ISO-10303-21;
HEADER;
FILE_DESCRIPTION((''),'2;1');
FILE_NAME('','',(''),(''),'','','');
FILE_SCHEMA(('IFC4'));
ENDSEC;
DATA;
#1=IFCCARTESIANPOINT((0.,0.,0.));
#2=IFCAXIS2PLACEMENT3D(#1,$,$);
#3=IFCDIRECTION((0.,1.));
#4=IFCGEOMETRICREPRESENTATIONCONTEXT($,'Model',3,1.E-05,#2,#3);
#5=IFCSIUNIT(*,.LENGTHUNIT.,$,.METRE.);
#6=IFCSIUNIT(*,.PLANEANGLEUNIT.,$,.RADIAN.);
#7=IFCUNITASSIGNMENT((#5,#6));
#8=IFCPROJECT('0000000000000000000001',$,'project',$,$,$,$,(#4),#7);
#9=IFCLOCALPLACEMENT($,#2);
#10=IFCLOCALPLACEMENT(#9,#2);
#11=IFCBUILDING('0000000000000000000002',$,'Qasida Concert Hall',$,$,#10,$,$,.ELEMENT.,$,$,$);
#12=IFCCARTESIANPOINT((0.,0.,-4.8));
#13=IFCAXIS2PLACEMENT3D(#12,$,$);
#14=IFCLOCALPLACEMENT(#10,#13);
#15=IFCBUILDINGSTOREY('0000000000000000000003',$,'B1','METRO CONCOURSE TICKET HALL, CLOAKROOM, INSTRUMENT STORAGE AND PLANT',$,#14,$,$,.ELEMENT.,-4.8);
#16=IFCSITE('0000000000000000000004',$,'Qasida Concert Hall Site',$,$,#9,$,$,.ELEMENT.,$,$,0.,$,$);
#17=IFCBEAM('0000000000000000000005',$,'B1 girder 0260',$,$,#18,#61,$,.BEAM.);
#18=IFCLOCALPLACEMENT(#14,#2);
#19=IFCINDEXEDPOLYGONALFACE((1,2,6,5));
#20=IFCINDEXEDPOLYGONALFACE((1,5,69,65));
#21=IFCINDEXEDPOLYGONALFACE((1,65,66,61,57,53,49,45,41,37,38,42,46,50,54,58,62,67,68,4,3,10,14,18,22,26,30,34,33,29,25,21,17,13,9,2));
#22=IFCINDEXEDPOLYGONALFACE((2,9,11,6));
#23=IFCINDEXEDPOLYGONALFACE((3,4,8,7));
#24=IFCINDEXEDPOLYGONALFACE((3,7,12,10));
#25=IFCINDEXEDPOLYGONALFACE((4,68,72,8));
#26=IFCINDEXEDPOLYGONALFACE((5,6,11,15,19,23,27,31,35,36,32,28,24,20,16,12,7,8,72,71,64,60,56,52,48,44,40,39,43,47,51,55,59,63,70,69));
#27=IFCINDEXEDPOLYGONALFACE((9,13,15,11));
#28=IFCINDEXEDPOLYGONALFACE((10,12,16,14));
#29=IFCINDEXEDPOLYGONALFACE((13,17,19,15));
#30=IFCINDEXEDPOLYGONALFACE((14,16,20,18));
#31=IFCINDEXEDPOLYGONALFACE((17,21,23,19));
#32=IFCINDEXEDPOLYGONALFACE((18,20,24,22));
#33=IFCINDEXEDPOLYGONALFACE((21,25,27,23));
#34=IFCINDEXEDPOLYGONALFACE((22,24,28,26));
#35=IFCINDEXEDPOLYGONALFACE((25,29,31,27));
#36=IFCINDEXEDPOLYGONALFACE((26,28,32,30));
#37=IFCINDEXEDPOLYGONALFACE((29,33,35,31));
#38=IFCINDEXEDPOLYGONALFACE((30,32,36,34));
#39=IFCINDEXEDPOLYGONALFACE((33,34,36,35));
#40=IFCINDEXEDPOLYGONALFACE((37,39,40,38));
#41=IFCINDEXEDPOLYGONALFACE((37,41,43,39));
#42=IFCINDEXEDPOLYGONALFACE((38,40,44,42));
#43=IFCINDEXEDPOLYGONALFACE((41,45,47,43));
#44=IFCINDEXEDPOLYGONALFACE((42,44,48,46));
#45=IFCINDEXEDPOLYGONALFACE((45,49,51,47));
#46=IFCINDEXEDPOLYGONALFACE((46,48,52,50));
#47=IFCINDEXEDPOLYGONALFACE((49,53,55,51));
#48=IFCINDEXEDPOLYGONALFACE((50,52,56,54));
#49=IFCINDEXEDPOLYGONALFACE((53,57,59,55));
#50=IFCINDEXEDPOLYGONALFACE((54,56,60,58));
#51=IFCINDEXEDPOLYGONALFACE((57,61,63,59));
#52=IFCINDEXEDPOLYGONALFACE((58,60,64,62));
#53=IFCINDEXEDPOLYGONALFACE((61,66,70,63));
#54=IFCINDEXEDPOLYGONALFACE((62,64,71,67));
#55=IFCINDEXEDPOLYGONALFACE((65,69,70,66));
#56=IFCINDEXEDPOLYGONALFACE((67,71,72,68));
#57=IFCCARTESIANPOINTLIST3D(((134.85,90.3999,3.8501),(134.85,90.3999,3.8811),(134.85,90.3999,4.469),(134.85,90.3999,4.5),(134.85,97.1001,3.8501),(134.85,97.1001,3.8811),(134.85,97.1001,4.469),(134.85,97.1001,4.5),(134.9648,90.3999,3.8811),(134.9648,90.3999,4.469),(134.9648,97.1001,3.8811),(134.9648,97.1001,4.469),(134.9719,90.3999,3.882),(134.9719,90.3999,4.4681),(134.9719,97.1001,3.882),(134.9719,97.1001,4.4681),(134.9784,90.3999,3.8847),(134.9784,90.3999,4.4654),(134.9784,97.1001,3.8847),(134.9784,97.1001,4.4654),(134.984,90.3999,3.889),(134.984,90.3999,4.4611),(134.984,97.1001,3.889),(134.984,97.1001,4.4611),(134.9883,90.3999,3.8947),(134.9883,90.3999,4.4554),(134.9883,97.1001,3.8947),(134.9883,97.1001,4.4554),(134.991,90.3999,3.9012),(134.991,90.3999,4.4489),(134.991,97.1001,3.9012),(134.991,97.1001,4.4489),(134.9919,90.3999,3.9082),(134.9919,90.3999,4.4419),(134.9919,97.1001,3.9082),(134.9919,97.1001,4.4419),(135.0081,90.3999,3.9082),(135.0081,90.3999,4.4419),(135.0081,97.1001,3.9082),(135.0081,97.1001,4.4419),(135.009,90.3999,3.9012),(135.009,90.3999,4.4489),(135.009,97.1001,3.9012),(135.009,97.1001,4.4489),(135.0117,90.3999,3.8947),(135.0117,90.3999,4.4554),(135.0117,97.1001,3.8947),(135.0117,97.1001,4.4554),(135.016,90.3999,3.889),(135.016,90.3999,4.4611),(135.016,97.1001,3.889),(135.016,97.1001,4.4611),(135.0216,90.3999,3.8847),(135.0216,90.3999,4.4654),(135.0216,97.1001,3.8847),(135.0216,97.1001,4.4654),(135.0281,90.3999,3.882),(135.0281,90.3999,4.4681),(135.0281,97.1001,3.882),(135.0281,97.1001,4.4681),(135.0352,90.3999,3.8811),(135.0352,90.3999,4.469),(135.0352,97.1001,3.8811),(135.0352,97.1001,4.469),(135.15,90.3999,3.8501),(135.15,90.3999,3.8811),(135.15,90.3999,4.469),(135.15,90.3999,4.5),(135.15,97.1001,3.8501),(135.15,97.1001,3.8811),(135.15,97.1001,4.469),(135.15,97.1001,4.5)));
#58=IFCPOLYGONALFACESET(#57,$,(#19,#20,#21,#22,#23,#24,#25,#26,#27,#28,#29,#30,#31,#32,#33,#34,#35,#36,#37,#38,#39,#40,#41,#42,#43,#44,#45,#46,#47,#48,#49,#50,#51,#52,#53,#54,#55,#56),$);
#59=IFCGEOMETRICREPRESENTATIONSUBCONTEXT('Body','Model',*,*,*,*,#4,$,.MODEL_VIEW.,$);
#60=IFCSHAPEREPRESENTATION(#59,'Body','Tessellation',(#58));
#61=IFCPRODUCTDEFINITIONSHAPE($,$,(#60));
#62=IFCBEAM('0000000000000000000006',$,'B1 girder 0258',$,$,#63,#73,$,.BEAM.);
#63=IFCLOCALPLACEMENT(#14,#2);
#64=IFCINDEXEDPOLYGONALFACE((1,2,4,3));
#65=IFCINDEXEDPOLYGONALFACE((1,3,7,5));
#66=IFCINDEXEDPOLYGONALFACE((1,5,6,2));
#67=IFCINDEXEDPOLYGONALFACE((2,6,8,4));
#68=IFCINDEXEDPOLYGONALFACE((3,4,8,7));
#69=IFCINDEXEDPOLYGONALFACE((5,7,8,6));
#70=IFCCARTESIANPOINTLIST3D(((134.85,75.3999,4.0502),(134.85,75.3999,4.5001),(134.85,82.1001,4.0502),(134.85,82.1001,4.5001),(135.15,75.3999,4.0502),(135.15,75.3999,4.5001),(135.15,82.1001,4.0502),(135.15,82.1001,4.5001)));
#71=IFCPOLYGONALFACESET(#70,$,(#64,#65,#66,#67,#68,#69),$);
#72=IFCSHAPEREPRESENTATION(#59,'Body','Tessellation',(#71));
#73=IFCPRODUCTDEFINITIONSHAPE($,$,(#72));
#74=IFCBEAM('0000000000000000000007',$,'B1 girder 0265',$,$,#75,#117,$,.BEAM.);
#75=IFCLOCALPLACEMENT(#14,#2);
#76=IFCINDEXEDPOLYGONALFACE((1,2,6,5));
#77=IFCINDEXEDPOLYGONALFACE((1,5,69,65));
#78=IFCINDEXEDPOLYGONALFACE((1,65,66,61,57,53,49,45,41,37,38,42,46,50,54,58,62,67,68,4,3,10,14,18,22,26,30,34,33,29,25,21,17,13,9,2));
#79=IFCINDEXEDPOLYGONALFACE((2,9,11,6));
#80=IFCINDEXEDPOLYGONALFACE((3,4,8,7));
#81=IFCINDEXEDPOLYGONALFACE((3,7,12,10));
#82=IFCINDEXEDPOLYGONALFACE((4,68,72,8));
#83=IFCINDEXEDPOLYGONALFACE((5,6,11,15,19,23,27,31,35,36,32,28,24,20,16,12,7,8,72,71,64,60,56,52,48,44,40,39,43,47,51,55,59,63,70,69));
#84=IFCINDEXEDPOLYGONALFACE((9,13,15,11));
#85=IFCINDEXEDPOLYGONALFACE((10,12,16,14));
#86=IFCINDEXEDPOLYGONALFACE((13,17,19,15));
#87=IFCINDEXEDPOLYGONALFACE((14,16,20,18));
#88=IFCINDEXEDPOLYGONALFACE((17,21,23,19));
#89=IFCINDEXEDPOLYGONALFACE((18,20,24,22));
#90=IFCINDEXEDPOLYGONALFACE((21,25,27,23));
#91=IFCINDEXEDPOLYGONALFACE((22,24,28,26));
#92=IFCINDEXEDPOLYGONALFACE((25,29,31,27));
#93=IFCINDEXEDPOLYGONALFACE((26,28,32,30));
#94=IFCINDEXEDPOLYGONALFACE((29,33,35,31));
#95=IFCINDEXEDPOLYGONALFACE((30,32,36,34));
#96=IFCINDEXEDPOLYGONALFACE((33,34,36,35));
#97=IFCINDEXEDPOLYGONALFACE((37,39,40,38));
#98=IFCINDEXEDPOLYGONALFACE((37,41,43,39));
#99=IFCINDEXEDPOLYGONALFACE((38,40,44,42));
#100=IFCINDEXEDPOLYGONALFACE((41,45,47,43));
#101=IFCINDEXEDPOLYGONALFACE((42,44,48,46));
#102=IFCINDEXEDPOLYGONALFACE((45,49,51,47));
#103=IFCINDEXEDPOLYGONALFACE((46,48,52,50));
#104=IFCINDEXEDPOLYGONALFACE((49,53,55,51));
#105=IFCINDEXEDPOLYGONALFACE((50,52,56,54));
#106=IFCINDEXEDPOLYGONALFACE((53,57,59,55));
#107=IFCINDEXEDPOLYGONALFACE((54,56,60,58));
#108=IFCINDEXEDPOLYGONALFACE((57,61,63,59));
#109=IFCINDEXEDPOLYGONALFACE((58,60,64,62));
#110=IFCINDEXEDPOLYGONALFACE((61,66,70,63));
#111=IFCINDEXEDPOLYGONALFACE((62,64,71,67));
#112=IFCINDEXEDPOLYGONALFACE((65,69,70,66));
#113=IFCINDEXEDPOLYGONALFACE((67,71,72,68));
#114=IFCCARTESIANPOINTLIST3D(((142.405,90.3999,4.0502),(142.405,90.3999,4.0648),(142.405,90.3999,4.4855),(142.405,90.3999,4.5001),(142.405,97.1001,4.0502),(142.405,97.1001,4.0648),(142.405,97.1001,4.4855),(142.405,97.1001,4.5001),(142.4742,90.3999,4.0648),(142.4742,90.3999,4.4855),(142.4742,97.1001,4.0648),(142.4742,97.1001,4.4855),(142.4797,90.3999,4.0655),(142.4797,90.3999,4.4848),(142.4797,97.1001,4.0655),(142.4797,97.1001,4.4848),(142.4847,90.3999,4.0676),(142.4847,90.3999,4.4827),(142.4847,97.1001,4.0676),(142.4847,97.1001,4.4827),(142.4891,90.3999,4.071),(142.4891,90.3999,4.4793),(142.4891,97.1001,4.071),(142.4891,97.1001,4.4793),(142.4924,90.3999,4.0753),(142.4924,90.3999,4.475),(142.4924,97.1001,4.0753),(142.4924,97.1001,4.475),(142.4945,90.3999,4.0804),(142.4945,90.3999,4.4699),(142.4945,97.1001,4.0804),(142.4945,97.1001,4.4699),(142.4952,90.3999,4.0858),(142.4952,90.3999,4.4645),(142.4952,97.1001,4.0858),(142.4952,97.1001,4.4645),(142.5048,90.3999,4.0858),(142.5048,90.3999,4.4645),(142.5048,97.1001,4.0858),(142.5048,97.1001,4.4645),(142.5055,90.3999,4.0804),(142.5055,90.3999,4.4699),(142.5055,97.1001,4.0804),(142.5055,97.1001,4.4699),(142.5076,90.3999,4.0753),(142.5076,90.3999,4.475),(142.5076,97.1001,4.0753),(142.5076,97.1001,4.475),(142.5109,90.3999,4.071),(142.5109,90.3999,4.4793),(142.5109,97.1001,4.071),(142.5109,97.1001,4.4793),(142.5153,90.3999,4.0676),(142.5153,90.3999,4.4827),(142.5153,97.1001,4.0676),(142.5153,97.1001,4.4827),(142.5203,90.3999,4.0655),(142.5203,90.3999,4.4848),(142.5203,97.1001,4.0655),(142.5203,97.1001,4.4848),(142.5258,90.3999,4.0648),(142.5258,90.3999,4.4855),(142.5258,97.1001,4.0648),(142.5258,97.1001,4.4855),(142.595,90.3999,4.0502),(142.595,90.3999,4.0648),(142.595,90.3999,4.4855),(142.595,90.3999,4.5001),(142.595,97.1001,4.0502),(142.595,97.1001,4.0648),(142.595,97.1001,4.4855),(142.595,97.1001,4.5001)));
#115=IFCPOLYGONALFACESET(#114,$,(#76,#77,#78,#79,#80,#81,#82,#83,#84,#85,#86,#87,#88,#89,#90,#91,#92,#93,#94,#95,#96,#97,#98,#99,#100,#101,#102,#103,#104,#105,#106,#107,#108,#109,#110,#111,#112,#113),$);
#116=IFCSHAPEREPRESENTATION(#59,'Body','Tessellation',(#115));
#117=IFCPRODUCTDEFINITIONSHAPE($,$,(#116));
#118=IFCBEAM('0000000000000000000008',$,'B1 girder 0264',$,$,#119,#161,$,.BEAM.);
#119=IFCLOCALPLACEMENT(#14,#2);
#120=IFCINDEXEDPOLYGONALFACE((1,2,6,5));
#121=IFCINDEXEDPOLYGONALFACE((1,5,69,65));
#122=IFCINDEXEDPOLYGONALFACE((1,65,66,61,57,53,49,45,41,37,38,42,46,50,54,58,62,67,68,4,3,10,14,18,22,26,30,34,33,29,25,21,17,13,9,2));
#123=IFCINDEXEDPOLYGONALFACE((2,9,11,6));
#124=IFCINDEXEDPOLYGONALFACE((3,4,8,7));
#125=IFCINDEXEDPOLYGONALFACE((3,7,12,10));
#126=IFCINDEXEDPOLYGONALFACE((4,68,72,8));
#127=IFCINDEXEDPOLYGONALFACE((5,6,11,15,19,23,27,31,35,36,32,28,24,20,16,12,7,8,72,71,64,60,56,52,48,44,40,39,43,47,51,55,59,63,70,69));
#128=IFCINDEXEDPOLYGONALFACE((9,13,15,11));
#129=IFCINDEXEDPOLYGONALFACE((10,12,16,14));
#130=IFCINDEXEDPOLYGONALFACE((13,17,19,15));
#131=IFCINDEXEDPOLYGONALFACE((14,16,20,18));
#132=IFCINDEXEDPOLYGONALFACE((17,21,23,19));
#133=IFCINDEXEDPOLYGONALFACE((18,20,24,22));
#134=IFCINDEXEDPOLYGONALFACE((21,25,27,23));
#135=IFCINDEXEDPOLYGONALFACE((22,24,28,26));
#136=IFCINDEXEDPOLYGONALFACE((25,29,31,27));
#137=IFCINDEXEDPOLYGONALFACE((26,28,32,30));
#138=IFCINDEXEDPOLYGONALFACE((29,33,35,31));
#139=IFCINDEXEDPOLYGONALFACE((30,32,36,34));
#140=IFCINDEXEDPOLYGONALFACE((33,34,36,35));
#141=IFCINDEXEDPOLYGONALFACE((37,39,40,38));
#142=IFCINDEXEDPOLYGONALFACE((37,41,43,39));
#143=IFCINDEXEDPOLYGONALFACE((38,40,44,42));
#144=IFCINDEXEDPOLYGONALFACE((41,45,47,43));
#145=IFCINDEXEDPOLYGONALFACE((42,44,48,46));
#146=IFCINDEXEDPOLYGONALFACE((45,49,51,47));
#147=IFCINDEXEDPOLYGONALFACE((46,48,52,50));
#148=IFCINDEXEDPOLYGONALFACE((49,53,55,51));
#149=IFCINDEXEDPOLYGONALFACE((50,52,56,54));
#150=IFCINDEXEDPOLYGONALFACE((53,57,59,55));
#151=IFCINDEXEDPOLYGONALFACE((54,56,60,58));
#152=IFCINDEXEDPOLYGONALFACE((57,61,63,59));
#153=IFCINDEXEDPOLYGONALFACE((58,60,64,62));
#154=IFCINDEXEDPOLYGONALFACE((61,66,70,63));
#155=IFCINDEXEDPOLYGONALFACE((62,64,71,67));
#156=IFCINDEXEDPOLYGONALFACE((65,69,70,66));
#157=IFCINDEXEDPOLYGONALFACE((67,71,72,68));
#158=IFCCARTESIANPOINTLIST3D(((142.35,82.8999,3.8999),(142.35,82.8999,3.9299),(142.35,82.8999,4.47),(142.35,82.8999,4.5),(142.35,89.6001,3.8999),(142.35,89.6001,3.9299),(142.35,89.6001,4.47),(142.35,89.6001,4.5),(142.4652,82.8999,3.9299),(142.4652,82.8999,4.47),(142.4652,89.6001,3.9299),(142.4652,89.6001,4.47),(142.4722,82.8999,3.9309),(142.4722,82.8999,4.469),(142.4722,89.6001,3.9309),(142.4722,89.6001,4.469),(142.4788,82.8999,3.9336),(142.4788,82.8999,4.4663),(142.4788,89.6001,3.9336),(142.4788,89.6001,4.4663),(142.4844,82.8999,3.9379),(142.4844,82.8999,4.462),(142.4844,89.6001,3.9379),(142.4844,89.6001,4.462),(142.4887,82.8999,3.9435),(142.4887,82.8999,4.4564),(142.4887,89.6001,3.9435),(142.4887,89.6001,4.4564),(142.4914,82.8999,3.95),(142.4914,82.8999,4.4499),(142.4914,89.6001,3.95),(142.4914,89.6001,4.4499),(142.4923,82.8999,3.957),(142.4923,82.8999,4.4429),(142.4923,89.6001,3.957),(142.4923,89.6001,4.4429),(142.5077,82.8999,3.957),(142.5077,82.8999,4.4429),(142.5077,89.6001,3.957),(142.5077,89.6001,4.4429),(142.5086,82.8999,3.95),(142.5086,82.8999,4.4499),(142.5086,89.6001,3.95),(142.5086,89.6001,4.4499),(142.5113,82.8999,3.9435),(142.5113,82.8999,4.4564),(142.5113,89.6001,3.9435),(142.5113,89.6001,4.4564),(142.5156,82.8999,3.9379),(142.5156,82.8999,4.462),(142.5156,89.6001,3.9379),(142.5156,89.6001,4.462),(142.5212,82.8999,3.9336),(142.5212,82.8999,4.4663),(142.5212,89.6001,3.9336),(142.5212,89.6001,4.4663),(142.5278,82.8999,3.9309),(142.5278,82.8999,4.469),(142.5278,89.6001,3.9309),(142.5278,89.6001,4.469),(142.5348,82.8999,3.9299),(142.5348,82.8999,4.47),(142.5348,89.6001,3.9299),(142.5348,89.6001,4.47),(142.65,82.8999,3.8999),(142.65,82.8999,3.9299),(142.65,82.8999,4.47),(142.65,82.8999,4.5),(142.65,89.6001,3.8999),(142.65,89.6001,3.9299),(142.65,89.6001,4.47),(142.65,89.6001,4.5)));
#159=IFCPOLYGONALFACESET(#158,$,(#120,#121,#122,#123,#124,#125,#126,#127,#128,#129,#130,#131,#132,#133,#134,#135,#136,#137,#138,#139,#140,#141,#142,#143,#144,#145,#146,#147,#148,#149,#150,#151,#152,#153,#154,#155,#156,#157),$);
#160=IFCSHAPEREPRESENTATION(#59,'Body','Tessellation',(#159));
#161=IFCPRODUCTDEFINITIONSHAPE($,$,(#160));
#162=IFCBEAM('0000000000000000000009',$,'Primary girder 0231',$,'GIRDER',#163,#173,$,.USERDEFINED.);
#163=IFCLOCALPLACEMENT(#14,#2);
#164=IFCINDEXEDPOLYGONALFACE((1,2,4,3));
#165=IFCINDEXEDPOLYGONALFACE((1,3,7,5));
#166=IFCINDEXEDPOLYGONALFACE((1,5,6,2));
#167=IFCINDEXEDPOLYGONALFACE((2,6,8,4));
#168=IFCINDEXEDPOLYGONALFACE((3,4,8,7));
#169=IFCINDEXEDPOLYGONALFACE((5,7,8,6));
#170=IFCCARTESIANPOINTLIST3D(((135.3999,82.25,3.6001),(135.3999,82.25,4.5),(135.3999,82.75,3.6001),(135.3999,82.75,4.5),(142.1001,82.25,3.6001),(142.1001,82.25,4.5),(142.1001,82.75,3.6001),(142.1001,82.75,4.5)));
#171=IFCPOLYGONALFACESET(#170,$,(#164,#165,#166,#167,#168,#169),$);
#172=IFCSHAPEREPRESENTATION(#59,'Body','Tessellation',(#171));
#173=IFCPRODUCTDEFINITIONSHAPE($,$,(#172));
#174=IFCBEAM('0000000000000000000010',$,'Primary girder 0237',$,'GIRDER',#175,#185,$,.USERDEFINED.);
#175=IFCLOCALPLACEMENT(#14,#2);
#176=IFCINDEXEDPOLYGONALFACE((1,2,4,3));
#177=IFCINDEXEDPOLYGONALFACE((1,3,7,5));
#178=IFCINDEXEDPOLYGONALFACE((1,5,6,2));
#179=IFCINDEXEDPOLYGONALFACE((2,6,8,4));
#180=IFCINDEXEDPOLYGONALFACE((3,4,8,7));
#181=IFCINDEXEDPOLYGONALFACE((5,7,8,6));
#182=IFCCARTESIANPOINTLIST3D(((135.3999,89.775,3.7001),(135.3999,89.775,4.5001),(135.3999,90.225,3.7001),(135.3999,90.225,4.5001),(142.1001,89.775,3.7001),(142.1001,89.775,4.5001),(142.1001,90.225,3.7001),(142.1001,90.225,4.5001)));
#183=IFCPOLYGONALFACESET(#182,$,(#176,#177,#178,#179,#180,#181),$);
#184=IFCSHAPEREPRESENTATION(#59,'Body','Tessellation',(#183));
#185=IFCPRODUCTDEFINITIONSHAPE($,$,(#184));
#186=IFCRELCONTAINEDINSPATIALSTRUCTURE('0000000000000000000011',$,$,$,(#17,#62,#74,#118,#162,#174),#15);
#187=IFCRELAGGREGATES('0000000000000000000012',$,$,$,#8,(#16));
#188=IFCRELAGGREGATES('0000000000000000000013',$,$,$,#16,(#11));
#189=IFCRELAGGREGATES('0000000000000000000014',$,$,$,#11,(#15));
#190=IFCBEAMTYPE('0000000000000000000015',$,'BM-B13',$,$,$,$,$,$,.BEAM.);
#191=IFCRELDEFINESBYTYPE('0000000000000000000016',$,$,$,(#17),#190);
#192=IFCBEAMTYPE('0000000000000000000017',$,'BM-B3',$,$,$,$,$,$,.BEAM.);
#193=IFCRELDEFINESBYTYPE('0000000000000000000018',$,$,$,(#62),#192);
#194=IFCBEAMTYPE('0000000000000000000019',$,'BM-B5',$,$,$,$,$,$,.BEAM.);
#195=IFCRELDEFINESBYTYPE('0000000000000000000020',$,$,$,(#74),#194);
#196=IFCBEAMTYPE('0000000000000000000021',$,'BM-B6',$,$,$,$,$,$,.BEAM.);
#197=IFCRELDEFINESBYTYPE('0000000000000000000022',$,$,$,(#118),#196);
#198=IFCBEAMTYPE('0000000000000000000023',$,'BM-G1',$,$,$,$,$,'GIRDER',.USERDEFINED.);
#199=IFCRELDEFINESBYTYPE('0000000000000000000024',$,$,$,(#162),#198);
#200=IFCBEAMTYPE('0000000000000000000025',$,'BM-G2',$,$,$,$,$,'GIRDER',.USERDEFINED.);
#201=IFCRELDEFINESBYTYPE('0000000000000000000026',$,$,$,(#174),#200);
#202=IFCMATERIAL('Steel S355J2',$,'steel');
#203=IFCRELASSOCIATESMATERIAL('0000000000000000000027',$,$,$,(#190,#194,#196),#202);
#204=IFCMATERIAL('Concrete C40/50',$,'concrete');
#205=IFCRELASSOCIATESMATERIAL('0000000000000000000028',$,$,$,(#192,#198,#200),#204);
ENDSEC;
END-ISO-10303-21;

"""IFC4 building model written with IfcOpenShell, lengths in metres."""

from ifc_helpers import new_model, si_unit, direction, frame, origin, origin_2d, place, context, subcontext, project, spatial, rectangle, i_section, extrude, material, material_profile, profile_set, type_object, element, save


model = new_model("IFC4")

# Units and contexts
model_context = context("Model", 3, precision=1e-05, world=origin(), true_north=direction((0.0, 1.0)))
body_context = subcontext(model_context, "Body", "Model", "MODEL_VIEW")
ifc_project = project(units=[si_unit("LENGTHUNIT", "METRE"), si_unit("PLANEANGLEUNIT", "RADIAN")], contexts=[model_context])

# Site, building, storey
site_placement = place(None, origin())
site = spatial("IfcSite", under=ifc_project, at=site_placement, Name="Qasida Concert Hall Site", CompositionType="ELEMENT", RefElevation=0.0)
building_placement = place(site_placement, origin())
building = spatial("IfcBuilding", under=site, at=building_placement, Name="Qasida Concert Hall", CompositionType="ELEMENT")
storey_placement = place(building_placement, frame((0.0, 0.0, -4.8)))
storey = spatial("IfcBuildingStorey", under=building, at=storey_placement, Name="B1", Description="METRO CONCOURSE TICKET HALL, CLOAKROOM, INSTRUMENT STORAGE AND PLANT", CompositionType="ELEMENT", Elevation=-4.8)

# Shared definitions
ifc_material_1 = material(Name="Concrete C40/50", Category="concrete")

# Beams
ifc_material_2 = material(Name="Steel S355J2", Category="steel")
ifc_material_profile_1 = material_profile(ifc_material_2, i_section(OverallWidth=0.3, OverallDepth=0.6499, WebThickness=0.0161, FlangeThickness=0.031, FilletRadius=0.0271, at=origin_2d()), Name="HEB 650")
ifc_profile_set_1 = profile_set([ifc_material_profile_1], Name="Steel S355J2")
beam_type_1 = type_object("IfcBeamType", Name="BM-B13", PredefinedType="BEAM", material=ifc_profile_set_1)
beam_1_placement = place(storey_placement, frame((135.0, 90.3999, 4.175), z_axis=(0.0, 1.0, 0.0), x_axis=(-1.0, 0.0, 0.0)))
element("IfcBeam", 1, at=beam_1_placement, inside=storey, type_object=beam_type_1, Name="B1 girder 0260", PredefinedType="BEAM", context=body_context, shape_type="SweptSolid", body=[
    extrude(i_section(OverallWidth=0.3, OverallDepth=0.6499, WebThickness=0.0161, FlangeThickness=0.031, FilletRadius=0.0271, at=origin_2d()), origin(), (0.0, 0.0, 1.0), 6.7002),
])
ifc_material_profile_2 = material_profile(ifc_material_1, rectangle(XDim=0.3, YDim=0.45, at=origin_2d()), Name="RC 300x450")
ifc_profile_set_2 = profile_set([ifc_material_profile_2], Name="Concrete C40/50")
beam_type_2 = type_object("IfcBeamType", Name="BM-B3", PredefinedType="BEAM", material=ifc_profile_set_2)
beam_2_placement = place(storey_placement, frame((135.0, 75.3999, 4.2751), z_axis=(0.0, 1.0, 0.0), x_axis=(-1.0, 0.0, 0.0)))
element("IfcBeam", 2, at=beam_2_placement, inside=storey, type_object=beam_type_2, Name="B1 girder 0258", PredefinedType="BEAM", context=body_context, shape_type="SweptSolid", body=[
    extrude(rectangle(XDim=0.3, YDim=0.45, at=origin_2d()), origin(), (0.0, 0.0, 1.0), 6.7002),
])
ifc_material_profile_3 = material_profile(ifc_material_2, i_section(OverallWidth=0.1899, OverallDepth=0.45, WebThickness=0.0095, FlangeThickness=0.0146, FilletRadius=0.021, at=origin_2d()), Name="IPE 450")
ifc_profile_set_3 = profile_set([ifc_material_profile_3], Name="Steel S355J2")
beam_type_3 = type_object("IfcBeamType", Name="BM-B5", PredefinedType="BEAM", material=ifc_profile_set_3)
beam_3_placement = place(storey_placement, frame((142.5, 90.3999, 4.2751), z_axis=(0.0, 1.0, 0.0), x_axis=(-1.0, 0.0, 0.0)))
element("IfcBeam", 3, at=beam_3_placement, inside=storey, type_object=beam_type_3, Name="B1 girder 0265", PredefinedType="BEAM", context=body_context, shape_type="SweptSolid", body=[
    extrude(i_section(OverallWidth=0.1899, OverallDepth=0.45, WebThickness=0.0095, FlangeThickness=0.0146, FilletRadius=0.021, at=origin_2d()), origin(), (0.0, 0.0, 1.0), 6.7002),
])
ifc_material_profile_4 = material_profile(ifc_material_2, i_section(OverallWidth=0.3, OverallDepth=0.6001, WebThickness=0.0154, FlangeThickness=0.03, FilletRadius=0.0271, at=origin_2d()), Name="HEB 600")
ifc_profile_set_4 = profile_set([ifc_material_profile_4], Name="Steel S355J2")
beam_type_4 = type_object("IfcBeamType", Name="BM-B6", PredefinedType="BEAM", material=ifc_profile_set_4)
beam_4_placement = place(storey_placement, frame((142.5, 82.8999, 4.2), z_axis=(0.0, 1.0, 0.0), x_axis=(-1.0, 0.0, 0.0)))
element("IfcBeam", 4, at=beam_4_placement, inside=storey, type_object=beam_type_4, Name="B1 girder 0264", PredefinedType="BEAM", context=body_context, shape_type="SweptSolid", body=[
    extrude(i_section(OverallWidth=0.3, OverallDepth=0.6001, WebThickness=0.0154, FlangeThickness=0.03, FilletRadius=0.0271, at=origin_2d()), origin(), (0.0, 0.0, 1.0), 6.7002),
])
ifc_material_profile_5 = material_profile(ifc_material_1, rectangle(XDim=0.5, YDim=0.8999, at=origin_2d()), Name="RC 500x900")
ifc_profile_set_5 = profile_set([ifc_material_profile_5], Name="Concrete C40/50")
beam_type_5 = type_object("IfcBeamType", Name="BM-G1", ElementType="GIRDER", PredefinedType="USERDEFINED", material=ifc_profile_set_5)
beam_5_placement = place(storey_placement, frame((135.3999, 82.5, 4.05), z_axis=(1.0, 0.0, 0.0), x_axis=(0.0, 1.0, 0.0)))
element("IfcBeam", 5, at=beam_5_placement, inside=storey, type_object=beam_type_5, Name="Primary girder 0231", ObjectType="GIRDER", PredefinedType="USERDEFINED", context=body_context, shape_type="SweptSolid", body=[
    extrude(rectangle(XDim=0.5, YDim=0.8999, at=origin_2d()), origin(), (0.0, 0.0, 1.0), 6.7002),
])
ifc_material_profile_6 = material_profile(ifc_material_1, rectangle(XDim=0.45, YDim=0.8, at=origin_2d()), Name="RC 450x800")
ifc_profile_set_6 = profile_set([ifc_material_profile_6], Name="Concrete C40/50")
beam_type_6 = type_object("IfcBeamType", Name="BM-G2", ElementType="GIRDER", PredefinedType="USERDEFINED", material=ifc_profile_set_6)
beam_6_placement = place(storey_placement, frame((135.3999, 90.0, 4.1001), z_axis=(1.0, 0.0, 0.0), x_axis=(0.0, 1.0, 0.0)))
element("IfcBeam", 6, at=beam_6_placement, inside=storey, type_object=beam_type_6, Name="Primary girder 0237", ObjectType="GIRDER", PredefinedType="USERDEFINED", context=body_context, shape_type="SweptSolid", body=[
    extrude(rectangle(XDim=0.45, YDim=0.8, at=origin_2d()), origin(), (0.0, 0.0, 1.0), 6.7002),
])

save(model, "model.ifc")
